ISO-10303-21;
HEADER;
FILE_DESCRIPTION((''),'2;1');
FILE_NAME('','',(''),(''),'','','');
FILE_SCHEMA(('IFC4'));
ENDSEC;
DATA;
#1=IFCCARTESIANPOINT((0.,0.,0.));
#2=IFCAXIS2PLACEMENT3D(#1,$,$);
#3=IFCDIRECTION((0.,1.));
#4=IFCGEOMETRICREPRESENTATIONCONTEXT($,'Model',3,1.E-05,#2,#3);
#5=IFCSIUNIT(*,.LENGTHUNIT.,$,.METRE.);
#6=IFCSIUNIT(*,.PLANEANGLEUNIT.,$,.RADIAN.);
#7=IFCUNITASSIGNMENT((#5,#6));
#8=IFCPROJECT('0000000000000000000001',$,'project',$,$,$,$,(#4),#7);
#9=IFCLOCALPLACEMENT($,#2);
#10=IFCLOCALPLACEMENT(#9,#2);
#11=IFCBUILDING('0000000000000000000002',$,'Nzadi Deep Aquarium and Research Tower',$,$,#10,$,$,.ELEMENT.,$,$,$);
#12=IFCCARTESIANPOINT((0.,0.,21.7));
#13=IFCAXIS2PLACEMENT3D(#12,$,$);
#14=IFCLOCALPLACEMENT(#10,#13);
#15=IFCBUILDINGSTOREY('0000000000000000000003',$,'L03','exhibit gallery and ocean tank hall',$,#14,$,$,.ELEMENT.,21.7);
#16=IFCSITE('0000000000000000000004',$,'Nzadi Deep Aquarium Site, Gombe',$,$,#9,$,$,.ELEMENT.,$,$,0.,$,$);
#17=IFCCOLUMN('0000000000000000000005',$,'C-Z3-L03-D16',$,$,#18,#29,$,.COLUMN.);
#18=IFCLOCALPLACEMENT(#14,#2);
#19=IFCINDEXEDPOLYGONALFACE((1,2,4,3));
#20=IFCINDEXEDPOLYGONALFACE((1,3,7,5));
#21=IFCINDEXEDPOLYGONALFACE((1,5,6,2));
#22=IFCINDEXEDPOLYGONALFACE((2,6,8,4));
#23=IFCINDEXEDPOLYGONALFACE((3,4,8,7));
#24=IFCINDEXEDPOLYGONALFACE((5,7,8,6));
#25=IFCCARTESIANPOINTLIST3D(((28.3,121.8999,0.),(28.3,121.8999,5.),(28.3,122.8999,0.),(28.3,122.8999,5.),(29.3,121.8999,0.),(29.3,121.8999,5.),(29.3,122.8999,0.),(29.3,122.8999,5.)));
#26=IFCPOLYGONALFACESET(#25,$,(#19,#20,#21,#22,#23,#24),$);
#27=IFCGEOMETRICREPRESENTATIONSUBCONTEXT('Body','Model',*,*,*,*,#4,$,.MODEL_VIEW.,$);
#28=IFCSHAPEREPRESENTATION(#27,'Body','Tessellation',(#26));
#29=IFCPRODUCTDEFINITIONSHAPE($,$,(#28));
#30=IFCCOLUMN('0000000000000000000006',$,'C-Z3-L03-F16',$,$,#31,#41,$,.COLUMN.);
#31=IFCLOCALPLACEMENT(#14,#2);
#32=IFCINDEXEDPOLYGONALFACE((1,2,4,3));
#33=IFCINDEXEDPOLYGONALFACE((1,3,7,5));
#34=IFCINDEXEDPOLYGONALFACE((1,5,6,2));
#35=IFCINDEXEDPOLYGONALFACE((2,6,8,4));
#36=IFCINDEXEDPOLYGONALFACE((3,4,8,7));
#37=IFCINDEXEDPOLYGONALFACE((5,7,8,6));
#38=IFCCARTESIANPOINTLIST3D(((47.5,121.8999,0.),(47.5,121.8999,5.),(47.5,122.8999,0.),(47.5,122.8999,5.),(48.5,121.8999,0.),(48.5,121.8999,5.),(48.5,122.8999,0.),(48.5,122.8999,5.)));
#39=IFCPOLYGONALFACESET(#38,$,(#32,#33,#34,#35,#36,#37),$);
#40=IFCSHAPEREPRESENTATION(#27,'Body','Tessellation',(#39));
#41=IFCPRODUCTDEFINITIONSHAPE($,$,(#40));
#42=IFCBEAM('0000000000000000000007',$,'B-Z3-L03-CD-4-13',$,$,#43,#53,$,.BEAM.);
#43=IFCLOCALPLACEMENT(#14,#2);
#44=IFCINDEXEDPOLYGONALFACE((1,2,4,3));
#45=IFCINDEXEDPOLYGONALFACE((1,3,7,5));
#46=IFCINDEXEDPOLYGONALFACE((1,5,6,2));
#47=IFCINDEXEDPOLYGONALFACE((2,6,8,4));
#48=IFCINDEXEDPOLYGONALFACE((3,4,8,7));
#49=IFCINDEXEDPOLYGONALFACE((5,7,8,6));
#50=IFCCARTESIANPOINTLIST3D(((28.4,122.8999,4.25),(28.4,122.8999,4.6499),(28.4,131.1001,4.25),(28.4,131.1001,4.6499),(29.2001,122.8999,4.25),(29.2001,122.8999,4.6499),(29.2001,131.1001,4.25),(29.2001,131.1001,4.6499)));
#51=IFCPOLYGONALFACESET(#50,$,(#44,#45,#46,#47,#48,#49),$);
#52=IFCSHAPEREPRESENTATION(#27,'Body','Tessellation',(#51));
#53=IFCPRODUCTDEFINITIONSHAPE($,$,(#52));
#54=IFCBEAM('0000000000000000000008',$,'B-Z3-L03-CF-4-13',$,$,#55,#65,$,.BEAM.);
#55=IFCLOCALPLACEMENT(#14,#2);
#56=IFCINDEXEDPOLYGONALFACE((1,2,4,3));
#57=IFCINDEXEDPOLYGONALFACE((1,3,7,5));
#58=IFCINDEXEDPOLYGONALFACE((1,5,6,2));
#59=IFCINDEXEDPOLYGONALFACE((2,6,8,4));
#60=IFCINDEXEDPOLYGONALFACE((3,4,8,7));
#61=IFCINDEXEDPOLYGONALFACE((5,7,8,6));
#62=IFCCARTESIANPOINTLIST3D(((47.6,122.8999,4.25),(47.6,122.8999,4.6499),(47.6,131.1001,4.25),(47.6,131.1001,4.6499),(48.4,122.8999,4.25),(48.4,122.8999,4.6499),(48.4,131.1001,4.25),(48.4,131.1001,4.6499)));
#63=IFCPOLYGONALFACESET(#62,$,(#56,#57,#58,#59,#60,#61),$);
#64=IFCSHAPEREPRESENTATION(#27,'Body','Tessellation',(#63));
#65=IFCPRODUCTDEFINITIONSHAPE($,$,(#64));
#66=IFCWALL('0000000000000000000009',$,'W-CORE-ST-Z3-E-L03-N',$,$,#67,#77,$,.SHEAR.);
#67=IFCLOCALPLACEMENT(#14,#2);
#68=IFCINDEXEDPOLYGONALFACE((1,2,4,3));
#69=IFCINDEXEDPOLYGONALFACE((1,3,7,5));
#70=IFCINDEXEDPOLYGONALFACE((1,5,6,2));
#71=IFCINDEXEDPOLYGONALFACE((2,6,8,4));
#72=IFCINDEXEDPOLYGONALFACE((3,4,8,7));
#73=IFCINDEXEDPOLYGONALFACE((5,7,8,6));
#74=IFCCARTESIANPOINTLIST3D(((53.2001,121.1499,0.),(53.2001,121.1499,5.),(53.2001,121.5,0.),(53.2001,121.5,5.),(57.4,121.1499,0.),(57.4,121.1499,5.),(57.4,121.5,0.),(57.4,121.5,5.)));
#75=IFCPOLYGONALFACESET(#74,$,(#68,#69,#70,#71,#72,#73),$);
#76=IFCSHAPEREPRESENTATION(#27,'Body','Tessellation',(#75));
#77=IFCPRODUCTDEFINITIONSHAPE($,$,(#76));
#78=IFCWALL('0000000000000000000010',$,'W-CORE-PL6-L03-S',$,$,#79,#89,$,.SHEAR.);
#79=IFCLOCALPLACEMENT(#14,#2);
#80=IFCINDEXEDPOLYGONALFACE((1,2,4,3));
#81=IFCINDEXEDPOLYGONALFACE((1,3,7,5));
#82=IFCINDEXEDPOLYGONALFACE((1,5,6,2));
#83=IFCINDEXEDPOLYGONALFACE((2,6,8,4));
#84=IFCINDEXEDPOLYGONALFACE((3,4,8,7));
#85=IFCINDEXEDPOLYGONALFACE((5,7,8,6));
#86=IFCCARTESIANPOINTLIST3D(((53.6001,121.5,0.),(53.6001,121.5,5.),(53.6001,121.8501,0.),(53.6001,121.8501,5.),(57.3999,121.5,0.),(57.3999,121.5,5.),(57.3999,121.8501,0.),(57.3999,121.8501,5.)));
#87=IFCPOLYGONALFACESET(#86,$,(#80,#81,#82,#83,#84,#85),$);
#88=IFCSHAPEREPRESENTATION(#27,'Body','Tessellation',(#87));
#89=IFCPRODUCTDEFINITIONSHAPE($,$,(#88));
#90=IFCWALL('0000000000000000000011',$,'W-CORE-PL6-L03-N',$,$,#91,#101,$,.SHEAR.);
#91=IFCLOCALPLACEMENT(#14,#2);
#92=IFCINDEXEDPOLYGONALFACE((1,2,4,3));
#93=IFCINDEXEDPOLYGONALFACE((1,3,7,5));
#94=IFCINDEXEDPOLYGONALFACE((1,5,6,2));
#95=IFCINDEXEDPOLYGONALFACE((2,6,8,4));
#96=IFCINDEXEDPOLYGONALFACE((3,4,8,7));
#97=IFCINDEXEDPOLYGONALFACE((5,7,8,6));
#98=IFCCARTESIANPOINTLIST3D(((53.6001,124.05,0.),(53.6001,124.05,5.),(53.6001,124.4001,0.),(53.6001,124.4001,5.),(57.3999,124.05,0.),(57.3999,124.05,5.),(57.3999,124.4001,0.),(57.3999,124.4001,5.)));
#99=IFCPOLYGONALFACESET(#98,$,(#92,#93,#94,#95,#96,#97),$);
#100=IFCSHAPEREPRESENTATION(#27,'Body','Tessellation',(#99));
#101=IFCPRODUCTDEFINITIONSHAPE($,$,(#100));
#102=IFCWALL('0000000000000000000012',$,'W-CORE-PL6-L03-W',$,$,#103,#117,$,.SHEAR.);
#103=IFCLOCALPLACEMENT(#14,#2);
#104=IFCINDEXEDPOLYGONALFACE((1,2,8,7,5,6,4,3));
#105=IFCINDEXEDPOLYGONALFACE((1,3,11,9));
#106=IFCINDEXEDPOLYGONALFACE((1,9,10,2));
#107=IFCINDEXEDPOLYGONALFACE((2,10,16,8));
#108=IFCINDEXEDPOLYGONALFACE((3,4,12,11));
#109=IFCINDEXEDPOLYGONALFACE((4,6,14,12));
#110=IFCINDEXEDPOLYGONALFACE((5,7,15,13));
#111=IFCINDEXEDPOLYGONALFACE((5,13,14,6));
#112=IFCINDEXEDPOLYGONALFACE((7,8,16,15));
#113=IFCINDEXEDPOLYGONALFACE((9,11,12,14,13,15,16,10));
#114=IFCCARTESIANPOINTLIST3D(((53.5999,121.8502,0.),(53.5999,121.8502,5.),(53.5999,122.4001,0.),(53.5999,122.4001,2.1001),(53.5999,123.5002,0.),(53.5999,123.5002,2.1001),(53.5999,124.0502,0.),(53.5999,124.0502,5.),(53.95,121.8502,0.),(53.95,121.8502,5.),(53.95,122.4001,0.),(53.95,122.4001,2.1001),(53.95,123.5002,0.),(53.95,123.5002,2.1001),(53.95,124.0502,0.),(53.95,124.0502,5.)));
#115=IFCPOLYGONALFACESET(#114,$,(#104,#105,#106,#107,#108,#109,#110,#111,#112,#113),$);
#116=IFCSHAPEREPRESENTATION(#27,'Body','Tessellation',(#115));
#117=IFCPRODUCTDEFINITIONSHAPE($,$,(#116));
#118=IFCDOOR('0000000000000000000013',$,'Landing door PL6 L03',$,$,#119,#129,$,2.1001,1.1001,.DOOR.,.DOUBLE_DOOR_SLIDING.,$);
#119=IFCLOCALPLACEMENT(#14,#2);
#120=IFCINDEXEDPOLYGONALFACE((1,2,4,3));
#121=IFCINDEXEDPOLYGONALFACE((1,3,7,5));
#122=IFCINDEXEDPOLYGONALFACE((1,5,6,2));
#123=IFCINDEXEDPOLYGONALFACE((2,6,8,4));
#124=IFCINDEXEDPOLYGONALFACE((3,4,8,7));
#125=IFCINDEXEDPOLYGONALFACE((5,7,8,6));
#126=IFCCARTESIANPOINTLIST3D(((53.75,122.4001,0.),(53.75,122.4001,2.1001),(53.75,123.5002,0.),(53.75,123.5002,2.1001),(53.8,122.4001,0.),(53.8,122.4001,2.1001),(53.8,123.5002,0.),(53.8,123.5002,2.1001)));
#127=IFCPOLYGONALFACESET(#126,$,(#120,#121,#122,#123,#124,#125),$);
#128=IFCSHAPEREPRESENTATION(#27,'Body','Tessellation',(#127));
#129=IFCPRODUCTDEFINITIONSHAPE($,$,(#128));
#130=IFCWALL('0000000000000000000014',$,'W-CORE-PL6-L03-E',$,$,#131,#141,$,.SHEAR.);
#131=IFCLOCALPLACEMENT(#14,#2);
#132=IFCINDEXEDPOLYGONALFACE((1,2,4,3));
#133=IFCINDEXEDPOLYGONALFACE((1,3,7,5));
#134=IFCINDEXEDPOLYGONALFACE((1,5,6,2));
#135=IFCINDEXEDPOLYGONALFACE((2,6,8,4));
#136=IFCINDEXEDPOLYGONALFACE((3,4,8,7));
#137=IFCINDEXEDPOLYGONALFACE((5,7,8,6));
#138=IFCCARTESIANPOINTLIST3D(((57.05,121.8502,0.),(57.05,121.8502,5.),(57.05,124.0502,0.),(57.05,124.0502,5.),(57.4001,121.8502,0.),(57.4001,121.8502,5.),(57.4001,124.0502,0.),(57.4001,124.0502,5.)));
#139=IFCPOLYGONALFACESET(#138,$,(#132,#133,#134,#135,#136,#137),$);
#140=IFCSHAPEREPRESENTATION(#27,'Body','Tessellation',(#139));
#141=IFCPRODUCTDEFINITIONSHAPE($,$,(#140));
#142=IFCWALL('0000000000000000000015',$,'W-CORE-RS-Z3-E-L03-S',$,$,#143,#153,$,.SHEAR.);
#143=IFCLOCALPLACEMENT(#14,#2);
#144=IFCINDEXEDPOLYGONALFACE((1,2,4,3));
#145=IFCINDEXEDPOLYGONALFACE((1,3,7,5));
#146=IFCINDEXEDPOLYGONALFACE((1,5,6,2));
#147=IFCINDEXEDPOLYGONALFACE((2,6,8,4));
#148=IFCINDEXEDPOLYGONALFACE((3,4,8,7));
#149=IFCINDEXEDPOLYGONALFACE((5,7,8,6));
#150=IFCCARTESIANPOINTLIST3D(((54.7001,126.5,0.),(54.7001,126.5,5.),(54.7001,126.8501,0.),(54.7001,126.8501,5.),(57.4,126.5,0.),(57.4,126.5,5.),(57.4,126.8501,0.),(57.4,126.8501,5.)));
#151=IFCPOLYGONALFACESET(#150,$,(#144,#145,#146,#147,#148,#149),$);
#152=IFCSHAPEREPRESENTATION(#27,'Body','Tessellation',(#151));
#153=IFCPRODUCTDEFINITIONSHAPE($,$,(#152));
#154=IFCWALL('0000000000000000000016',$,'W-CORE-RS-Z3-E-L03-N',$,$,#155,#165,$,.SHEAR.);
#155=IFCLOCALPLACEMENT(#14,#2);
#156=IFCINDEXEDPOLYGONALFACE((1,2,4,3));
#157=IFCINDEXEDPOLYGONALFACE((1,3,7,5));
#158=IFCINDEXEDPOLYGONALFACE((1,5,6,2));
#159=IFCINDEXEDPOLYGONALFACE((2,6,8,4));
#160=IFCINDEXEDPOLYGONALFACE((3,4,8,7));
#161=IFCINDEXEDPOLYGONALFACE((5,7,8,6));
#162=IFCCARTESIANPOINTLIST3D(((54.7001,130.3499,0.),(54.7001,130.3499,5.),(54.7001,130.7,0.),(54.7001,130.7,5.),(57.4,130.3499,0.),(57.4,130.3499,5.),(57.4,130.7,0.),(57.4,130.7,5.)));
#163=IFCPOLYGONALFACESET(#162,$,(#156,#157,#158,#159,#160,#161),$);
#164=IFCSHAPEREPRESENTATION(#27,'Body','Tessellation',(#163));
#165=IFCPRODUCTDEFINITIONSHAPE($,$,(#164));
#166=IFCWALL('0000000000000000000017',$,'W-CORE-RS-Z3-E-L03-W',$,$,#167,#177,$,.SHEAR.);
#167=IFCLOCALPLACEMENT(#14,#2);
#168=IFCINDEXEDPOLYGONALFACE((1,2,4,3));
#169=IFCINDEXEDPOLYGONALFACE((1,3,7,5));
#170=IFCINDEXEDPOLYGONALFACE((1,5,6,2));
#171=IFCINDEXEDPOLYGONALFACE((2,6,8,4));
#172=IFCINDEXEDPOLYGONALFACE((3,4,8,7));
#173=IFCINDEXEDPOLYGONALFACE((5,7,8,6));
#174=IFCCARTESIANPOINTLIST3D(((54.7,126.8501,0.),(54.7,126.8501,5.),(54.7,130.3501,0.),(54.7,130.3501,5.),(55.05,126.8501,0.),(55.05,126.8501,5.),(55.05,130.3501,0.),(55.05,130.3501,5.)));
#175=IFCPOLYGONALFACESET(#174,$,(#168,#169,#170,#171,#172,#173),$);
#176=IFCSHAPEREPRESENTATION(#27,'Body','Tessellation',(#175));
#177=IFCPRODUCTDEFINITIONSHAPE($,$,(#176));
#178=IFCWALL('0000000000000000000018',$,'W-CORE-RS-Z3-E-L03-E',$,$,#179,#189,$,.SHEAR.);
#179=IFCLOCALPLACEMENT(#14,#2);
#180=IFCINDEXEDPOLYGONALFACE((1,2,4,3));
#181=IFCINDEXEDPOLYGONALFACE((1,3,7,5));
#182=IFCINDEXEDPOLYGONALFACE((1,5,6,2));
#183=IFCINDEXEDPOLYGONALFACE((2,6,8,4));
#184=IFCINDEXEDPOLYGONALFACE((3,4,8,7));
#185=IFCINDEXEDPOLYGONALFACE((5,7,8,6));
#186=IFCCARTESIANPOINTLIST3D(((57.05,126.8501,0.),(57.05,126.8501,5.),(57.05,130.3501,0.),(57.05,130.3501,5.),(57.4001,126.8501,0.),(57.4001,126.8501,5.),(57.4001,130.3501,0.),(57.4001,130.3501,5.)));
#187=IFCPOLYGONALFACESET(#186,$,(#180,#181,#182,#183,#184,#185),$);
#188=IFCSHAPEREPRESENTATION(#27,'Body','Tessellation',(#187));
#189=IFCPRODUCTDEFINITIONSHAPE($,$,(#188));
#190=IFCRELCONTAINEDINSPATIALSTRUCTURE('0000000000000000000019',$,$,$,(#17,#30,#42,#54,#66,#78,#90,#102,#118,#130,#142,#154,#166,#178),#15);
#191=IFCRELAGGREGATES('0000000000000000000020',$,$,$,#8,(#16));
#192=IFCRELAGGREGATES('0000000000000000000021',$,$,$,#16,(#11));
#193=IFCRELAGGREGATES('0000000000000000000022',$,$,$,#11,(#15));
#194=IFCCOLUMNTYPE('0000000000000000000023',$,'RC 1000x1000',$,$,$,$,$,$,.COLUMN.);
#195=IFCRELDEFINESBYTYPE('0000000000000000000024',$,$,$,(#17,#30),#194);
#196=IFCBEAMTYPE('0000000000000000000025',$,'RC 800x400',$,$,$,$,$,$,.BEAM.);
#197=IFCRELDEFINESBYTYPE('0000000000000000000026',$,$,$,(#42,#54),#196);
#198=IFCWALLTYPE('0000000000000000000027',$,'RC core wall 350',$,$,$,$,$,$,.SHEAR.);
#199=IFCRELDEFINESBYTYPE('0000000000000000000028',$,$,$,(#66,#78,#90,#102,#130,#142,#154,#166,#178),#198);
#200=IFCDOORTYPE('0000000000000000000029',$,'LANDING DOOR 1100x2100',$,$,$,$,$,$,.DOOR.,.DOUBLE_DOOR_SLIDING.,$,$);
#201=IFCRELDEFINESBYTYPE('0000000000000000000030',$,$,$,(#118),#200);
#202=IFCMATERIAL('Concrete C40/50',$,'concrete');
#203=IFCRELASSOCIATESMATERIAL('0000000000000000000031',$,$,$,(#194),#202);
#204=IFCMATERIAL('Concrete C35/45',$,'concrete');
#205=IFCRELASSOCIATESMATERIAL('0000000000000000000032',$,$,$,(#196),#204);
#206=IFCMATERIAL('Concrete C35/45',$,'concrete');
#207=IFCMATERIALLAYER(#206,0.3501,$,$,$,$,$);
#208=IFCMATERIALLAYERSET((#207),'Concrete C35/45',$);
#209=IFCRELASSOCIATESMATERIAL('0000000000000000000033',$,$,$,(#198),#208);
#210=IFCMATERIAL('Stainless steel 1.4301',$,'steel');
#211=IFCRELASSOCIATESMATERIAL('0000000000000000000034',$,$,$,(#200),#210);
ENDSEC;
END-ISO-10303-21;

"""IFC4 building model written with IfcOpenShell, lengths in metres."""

from ifc_helpers import new_model, si_unit, direction, frame, frame_2d, origin, origin_2d, place, context, subcontext, project, spatial, rectangle, extrude, material, layer, layer_set, material_profile, profile_set, type_object, element, fill, save


model = new_model("IFC4")

# Units and contexts
model_context = context("Model", 3, precision=1e-05, world=origin(), true_north=direction((0.0, 1.0)))
body_context = subcontext(model_context, "Body", "Model", "MODEL_VIEW")
ifc_project = project(units=[si_unit("LENGTHUNIT", "METRE"), si_unit("PLANEANGLEUNIT", "RADIAN")], contexts=[model_context])

# Site, building, storey
site_placement = place(None, origin())
site = spatial("IfcSite", under=ifc_project, at=site_placement, Name="Nzadi Deep Aquarium Site, Gombe", CompositionType="ELEMENT", RefElevation=0.0)
building_placement = place(site_placement, origin())
building = spatial("IfcBuilding", under=site, at=building_placement, Name="Nzadi Deep Aquarium and Research Tower", CompositionType="ELEMENT")
storey_placement = place(building_placement, frame((0.0, 0.0, 21.7)))
storey = spatial("IfcBuildingStorey", under=building, at=storey_placement, Name="L03", Description="exhibit gallery and ocean tank hall", CompositionType="ELEMENT", Elevation=21.7)

# Columns
ifc_material_1 = material(Name="Concrete C40/50", Category="concrete")
ifc_material_profile_1 = material_profile(ifc_material_1, rectangle(XDim=1.0, YDim=1.0, at=origin_2d()))
ifc_profile_set_1 = profile_set([ifc_material_profile_1], Name="Concrete C40/50")
column_type = type_object("IfcColumnType", Name="RC 1000x1000", PredefinedType="COLUMN", material=ifc_profile_set_1)
for number, where, z_axis, x_axis, name in (
    (1, (28.8, 122.3999, 0.0), (0.0, 0.0, 1.0), (1.0, 0.0, 0.0), "C-Z3-L03-D16"),
    (2, (48.0, 122.3999, 0.0), (0.0, 0.0, 1.0), (1.0, 0.0, 0.0), "C-Z3-L03-F16"),
):
    element("IfcColumn", number, at=place(storey_placement, frame(where, z_axis=z_axis, x_axis=x_axis)), inside=storey, type_object=column_type, Name=name, PredefinedType="COLUMN", context=body_context, shape_type="SweptSolid", body=[
        extrude(rectangle(XDim=1.0, YDim=1.0, at=origin_2d()), origin(), (0.0, 0.0, 1.0), 5.0),
    ])

# Beams
ifc_material_2 = material(Name="Concrete C35/45", Category="concrete")
ifc_material_profile_2 = material_profile(ifc_material_2, rectangle(XDim=0.8, YDim=0.3999, at=origin_2d()))
ifc_profile_set_2 = profile_set([ifc_material_profile_2], Name="Concrete C35/45")
beam_type = type_object("IfcBeamType", Name="RC 800x400", PredefinedType="BEAM", material=ifc_profile_set_2)
for number, where, z_axis, x_axis, name in (
    (3, (28.8, 122.8999, 4.45), (0.0, 1.0, 0.0), (-1.0, 0.0, 0.0), "B-Z3-L03-CD-4-13"),
    (4, (48.0, 122.8999, 4.45), (0.0, 1.0, 0.0), (-1.0, 0.0, 0.0), "B-Z3-L03-CF-4-13"),
):
    element("IfcBeam", number, at=place(storey_placement, frame(where, z_axis=z_axis, x_axis=x_axis)), inside=storey, type_object=beam_type, Name=name, PredefinedType="BEAM", context=body_context, shape_type="SweptSolid", body=[
        extrude(rectangle(XDim=0.8, YDim=0.3999, at=origin_2d()), origin(), (0.0, 0.0, 1.0), 8.2002),
    ])

# Walls
ifc_material_3 = material(Name="Concrete C35/45", Category="concrete")
ifc_layer = layer(ifc_material_3, 0.3501)
ifc_layer_set = layer_set([ifc_layer], Name="Concrete C35/45")
wall_type = type_object("IfcWallType", Name="RC core wall 350", PredefinedType="SHEAR", material=ifc_layer_set)
wall_1_placement = place(storey_placement, frame((53.2, 121.325, 0.0), z_axis=(0.0, 0.0, 1.0), x_axis=(1.0, 0.0, 0.0)))
element("IfcWall", 5, at=wall_1_placement, inside=storey, type_object=wall_type, Name="W-CORE-ST-Z3-E-L03-N", PredefinedType="SHEAR", context=body_context, shape_type="SweptSolid", body=[
    extrude(rectangle(XDim=4.2, YDim=0.3501, at=frame_2d((2.1001, 0.0))), origin(), (0.0, 0.0, 1.0), 5.0),
])
for number, where, z_axis, x_axis, name in (
    (6, (53.6001, 121.675, 0.0), (0.0, 0.0, 1.0), (1.0, 0.0, 0.0), "W-CORE-PL6-L03-S"),
    (7, (53.6001, 124.2251, 0.0), (0.0, 0.0, 1.0), (1.0, 0.0, 0.0), "W-CORE-PL6-L03-N"),
):
    element("IfcWall", number, at=place(storey_placement, frame(where, z_axis=z_axis, x_axis=x_axis)), inside=storey, type_object=wall_type, Name=name, PredefinedType="SHEAR", context=body_context, shape_type="SweptSolid", body=[
        extrude(rectangle(XDim=3.7998, YDim=0.3501, at=frame_2d((1.8999, 0.0))), origin(), (0.0, 0.0, 1.0), 5.0),
    ])

# Wall, opening, door
wall_2_placement = place(storey_placement, frame((53.7749, 121.8501, 0.0), z_axis=(0.0, 0.0, 1.0), x_axis=(0.0, 1.0, 0.0)))
wall_2 = element("IfcWall", 8, at=wall_2_placement, inside=storey, type_object=wall_type, Name="W-CORE-PL6-L03-W", PredefinedType="SHEAR", context=body_context, shape_type="SweptSolid", body=[
    extrude(rectangle(XDim=2.2, YDim=0.3501, at=frame_2d((1.1001, 0.0))), origin(), (0.0, 0.0, 1.0), 5.0),
])
opening_placement = place(wall_2_placement, frame((0.55, 0.0, 0.0)))
opening = element("IfcOpeningElement", 9, at=opening_placement, cuts=wall_2, PredefinedType="OPENING", context=body_context, shape_type="SweptSolid", body=[
    extrude(rectangle(XDim=1.1001, YDim=2.1001, at=frame_2d((0.55, 1.05))), frame((0.0, 0.1851, 0.0), z_axis=(0.0, -1.0, 0.0), x_axis=(1.0, 0.0, 0.0)), (0.0, 0.0, 1.0), 0.3701),
])
ifc_material_4 = material(Name="Stainless steel 1.4301", Category="steel")
door_type = type_object("IfcDoorType", Name="LANDING DOOR 1100x2100", OperationType="DOUBLE_DOOR_SLIDING", PredefinedType="DOOR", material=ifc_material_4)
door_placement = place(opening_placement, origin())
door = element("IfcDoor", 10, at=door_placement, inside=storey, type_object=door_type, Name="Landing door PL6 L03", OperationType="DOUBLE_DOOR_SLIDING", OverallHeight=2.1001, OverallWidth=1.1001, PredefinedType="DOOR", context=body_context, shape_type="SweptSolid", body=[
    extrude(rectangle(XDim=1.1001, YDim=2.1001, at=frame_2d((0.55, 1.05))), frame((0.0, 0.0249, 0.0), z_axis=(0.0, -1.0, 0.0), x_axis=(1.0, 0.0, 0.0)), (0.0, 0.0, 1.0), 0.05),
])
fill(opening, door)

# Walls
wall_3_placement = place(storey_placement, frame((57.2251, 121.8501, 0.0), z_axis=(0.0, 0.0, 1.0), x_axis=(0.0, 1.0, 0.0)))
element("IfcWall", 11, at=wall_3_placement, inside=storey, type_object=wall_type, Name="W-CORE-PL6-L03-E", PredefinedType="SHEAR", context=body_context, shape_type="SweptSolid", body=[
    extrude(rectangle(XDim=2.2, YDim=0.3501, at=frame_2d((1.1001, 0.0))), origin(), (0.0, 0.0, 1.0), 5.0),
])
for number, where, z_axis, x_axis, name in (
    (12, (54.7, 126.675, 0.0), (0.0, 0.0, 1.0), (1.0, 0.0, 0.0), "W-CORE-RS-Z3-E-L03-S"),
    (13, (54.7, 130.5249, 0.0), (0.0, 0.0, 1.0), (1.0, 0.0, 0.0), "W-CORE-RS-Z3-E-L03-N"),
):
    element("IfcWall", number, at=place(storey_placement, frame(where, z_axis=z_axis, x_axis=x_axis)), inside=storey, type_object=wall_type, Name=name, PredefinedType="SHEAR", context=body_context, shape_type="SweptSolid", body=[
        extrude(rectangle(XDim=2.7, YDim=0.3501, at=frame_2d((1.3501, 0.0))), origin(), (0.0, 0.0, 1.0), 5.0),
    ])
for number, where, z_axis, x_axis, name in (
    (14, (54.875, 126.8501, 0.0), (0.0, 0.0, 1.0), (0.0, 1.0, 0.0), "W-CORE-RS-Z3-E-L03-W"),
    (15, (57.2251, 126.8501, 0.0), (0.0, 0.0, 1.0), (0.0, 1.0, 0.0), "W-CORE-RS-Z3-E-L03-E"),
):
    element("IfcWall", number, at=place(storey_placement, frame(where, z_axis=z_axis, x_axis=x_axis)), inside=storey, type_object=wall_type, Name=name, PredefinedType="SHEAR", context=body_context, shape_type="SweptSolid", body=[
        extrude(rectangle(XDim=3.5, YDim=0.3501, at=frame_2d((1.75, 0.0))), origin(), (0.0, 0.0, 1.0), 5.0),
    ])

save(model, "model.ifc")
